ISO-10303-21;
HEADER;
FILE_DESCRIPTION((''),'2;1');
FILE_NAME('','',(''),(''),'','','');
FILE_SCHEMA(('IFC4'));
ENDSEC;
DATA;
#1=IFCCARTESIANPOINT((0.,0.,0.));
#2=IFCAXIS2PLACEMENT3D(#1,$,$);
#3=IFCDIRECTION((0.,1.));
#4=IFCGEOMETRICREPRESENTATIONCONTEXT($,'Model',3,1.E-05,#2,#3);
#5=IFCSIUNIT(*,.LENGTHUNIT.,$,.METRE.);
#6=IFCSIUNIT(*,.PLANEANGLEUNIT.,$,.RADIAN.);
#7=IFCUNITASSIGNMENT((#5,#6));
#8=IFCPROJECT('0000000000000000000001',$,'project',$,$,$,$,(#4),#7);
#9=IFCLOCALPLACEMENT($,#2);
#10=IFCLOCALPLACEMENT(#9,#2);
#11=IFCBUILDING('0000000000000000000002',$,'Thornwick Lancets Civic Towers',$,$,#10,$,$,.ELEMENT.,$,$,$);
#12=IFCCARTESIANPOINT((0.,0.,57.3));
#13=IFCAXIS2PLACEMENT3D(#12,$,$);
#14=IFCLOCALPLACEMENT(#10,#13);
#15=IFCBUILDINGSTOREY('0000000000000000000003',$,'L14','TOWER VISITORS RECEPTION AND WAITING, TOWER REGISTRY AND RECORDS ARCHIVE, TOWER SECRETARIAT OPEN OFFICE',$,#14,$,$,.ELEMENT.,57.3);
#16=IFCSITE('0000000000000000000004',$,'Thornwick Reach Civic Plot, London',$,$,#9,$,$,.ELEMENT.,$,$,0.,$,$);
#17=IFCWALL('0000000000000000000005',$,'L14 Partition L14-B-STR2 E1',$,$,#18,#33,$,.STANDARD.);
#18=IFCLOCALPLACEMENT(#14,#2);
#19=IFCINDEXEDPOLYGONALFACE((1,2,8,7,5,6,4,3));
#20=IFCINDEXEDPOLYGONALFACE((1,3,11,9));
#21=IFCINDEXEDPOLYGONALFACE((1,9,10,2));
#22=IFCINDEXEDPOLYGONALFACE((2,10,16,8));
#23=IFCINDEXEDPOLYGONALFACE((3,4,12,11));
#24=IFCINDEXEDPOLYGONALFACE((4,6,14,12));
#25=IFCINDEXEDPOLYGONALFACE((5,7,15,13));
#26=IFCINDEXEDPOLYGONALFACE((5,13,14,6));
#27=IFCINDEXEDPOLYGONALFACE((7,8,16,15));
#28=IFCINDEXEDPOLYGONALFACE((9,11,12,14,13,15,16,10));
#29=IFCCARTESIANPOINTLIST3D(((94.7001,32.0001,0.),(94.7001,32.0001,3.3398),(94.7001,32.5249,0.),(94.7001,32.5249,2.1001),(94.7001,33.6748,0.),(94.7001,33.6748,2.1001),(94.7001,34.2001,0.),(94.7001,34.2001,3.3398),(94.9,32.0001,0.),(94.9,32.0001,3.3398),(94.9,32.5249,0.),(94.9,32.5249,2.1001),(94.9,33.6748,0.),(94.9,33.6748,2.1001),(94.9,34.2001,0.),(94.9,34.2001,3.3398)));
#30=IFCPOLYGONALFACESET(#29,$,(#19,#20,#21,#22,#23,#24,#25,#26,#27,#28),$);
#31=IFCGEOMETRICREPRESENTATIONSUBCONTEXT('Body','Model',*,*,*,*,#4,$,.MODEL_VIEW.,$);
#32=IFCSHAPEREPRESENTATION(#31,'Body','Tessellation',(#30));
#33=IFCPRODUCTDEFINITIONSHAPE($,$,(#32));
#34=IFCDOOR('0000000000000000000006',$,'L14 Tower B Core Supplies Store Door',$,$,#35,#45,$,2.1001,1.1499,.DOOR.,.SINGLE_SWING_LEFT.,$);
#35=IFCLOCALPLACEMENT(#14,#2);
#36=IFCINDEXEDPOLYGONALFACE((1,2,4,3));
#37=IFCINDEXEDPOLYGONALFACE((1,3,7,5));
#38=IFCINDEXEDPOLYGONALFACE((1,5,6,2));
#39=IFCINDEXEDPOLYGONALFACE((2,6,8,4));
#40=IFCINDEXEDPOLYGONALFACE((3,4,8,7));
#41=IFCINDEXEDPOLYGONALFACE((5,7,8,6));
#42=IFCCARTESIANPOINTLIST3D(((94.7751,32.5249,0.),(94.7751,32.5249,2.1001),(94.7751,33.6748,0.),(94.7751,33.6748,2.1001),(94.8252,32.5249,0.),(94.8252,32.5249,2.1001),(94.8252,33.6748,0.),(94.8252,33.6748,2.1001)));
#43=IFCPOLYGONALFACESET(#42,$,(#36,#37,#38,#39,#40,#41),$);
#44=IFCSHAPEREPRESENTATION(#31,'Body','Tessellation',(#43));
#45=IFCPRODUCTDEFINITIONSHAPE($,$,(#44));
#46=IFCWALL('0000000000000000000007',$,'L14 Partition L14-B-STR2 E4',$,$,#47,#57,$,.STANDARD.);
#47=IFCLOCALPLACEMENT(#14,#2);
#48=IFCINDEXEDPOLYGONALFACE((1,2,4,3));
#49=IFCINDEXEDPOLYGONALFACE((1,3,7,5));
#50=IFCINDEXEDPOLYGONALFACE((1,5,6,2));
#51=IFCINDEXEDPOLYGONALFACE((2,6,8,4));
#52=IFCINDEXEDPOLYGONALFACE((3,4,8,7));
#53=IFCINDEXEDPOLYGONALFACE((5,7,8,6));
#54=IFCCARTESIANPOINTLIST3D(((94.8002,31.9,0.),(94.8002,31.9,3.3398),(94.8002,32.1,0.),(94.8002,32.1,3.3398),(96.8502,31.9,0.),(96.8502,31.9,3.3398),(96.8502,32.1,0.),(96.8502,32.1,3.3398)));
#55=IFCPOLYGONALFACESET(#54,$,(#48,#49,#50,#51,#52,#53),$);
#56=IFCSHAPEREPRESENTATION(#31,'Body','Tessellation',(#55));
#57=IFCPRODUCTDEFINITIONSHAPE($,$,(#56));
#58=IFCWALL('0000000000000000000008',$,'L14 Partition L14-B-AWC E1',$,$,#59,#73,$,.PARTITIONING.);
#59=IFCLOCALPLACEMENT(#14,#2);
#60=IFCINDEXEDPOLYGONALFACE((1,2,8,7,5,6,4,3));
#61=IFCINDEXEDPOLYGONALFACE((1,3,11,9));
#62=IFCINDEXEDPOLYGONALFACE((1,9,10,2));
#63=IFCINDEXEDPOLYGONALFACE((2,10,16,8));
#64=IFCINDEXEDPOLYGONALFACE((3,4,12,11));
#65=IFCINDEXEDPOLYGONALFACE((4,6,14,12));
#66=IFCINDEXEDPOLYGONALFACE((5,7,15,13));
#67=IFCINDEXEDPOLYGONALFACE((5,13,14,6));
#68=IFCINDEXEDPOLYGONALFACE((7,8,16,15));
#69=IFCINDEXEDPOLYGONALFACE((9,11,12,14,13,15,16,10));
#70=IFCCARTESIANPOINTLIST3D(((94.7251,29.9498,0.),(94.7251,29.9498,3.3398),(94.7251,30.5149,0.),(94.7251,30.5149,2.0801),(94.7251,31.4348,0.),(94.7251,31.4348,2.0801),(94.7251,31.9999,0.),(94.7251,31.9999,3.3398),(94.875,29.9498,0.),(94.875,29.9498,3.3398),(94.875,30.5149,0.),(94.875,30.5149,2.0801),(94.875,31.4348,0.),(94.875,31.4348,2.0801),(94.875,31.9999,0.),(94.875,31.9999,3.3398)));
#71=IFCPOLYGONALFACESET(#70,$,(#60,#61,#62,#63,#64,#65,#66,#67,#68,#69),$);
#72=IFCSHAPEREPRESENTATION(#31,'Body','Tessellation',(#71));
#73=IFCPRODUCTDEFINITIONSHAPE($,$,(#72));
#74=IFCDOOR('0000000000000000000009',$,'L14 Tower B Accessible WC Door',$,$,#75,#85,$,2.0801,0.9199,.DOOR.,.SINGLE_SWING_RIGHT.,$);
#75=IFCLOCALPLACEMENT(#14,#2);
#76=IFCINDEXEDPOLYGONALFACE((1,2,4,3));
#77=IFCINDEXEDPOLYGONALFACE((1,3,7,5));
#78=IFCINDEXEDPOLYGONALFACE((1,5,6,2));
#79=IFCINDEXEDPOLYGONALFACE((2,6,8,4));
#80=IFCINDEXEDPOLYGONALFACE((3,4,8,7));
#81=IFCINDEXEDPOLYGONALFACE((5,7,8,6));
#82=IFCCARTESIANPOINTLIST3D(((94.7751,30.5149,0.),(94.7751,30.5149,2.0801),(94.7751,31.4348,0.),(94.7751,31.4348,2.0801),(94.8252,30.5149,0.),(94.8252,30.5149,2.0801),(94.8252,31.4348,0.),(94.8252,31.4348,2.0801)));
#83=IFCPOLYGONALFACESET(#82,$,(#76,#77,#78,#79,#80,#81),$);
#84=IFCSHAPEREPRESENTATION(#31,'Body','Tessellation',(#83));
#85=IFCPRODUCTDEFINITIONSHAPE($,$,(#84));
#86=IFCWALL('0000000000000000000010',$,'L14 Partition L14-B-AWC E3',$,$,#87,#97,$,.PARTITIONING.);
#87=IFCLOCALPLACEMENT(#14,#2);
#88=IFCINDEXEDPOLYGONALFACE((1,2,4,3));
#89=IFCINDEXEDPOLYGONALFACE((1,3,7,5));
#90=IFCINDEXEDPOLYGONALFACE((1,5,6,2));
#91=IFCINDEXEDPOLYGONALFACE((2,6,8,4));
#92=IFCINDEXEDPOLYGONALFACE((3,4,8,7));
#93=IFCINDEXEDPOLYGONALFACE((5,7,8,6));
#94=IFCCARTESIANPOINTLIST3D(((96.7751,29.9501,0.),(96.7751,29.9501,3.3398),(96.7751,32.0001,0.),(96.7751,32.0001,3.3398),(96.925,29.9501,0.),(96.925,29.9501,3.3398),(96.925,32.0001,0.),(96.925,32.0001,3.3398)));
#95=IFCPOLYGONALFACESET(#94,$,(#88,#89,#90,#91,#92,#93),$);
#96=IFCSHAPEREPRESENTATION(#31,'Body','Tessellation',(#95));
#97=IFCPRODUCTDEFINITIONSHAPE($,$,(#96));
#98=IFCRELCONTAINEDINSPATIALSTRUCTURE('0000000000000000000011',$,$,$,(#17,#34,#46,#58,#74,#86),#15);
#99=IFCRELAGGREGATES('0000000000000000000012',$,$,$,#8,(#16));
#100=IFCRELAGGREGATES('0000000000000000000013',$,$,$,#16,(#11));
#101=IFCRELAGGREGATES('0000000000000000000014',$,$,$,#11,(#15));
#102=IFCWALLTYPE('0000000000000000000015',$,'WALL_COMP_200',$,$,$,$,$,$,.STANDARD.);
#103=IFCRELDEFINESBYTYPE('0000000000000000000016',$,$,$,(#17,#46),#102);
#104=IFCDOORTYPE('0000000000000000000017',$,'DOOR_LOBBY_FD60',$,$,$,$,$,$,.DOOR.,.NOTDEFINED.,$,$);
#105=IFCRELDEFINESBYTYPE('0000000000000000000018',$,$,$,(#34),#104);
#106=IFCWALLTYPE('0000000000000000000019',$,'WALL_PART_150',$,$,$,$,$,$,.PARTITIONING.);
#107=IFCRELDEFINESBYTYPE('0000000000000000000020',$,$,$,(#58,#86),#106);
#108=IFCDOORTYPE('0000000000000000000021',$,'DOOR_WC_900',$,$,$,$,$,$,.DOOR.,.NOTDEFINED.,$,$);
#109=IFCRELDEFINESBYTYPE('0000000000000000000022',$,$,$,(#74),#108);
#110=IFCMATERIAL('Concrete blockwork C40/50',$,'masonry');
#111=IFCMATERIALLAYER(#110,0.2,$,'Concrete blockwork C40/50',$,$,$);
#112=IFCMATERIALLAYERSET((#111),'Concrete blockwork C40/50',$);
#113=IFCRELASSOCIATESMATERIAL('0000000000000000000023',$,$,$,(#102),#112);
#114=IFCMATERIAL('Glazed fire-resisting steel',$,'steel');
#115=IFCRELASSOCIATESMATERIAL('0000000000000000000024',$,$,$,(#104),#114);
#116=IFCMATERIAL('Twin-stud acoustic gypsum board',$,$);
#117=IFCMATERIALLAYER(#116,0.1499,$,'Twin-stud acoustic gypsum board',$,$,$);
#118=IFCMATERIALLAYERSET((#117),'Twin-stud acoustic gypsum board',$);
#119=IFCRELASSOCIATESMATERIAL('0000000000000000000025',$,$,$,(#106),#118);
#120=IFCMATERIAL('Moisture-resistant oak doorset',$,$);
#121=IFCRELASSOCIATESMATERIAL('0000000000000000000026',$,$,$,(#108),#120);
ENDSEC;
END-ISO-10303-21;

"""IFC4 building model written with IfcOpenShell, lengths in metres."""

from ifc_helpers import new_model, si_unit, direction, frame, frame_2d, origin, place, context, subcontext, project, spatial, rectangle, extrude, material, layer, layer_set, type_object, element, fill, save


model = new_model("IFC4")

# Units and contexts
model_context = context("Model", 3, precision=1e-05, world=origin(), true_north=direction((0.0, 1.0)))
body_context = subcontext(model_context, "Body", "Model", "MODEL_VIEW")
ifc_project = project(units=[si_unit("LENGTHUNIT", "METRE"), si_unit("PLANEANGLEUNIT", "RADIAN")], contexts=[model_context])

# Site, building, storey
site_placement = place(None, origin())
site = spatial("IfcSite", under=ifc_project, at=site_placement, Name="Thornwick Reach Civic Plot, London", CompositionType="ELEMENT", RefElevation=0.0)
building_placement = place(site_placement, origin())
building = spatial("IfcBuilding", under=site, at=building_placement, Name="Thornwick Lancets Civic Towers", CompositionType="ELEMENT")
storey_placement = place(building_placement, frame((0.0, 0.0, 57.3)))
storey = spatial("IfcBuildingStorey", under=building, at=storey_placement, Name="L14", Description="TOWER VISITORS RECEPTION AND WAITING, TOWER REGISTRY AND RECORDS ARCHIVE, TOWER SECRETARIAT OPEN OFFICE", CompositionType="ELEMENT", Elevation=57.3)

# Shared definitions
ifc_material_1 = material(Name="Concrete blockwork C40/50", Category="masonry")
ifc_layer_1 = layer(ifc_material_1, 0.2, Name="Concrete blockwork C40/50")
ifc_layer_set_1 = layer_set([ifc_layer_1], Name="Concrete blockwork C40/50")
wall_type_1 = type_object("IfcWallType", Name="WALL_COMP_200", PredefinedType="STANDARD", material=ifc_layer_set_1)

# Wall, opening, door
wall_1_placement = place(storey_placement, frame((94.8, 32.0, 0.0), z_axis=(0.0, 0.0, 1.0), x_axis=(0.0, 1.0, 0.0)))
wall_1 = element("IfcWall", 1, at=wall_1_placement, inside=storey, type_object=wall_type_1, Name="L14 Partition L14-B-STR2 E1", PredefinedType="STANDARD", context=body_context, shape_type="SweptSolid", body=[
    extrude(rectangle(XDim=2.2, YDim=0.2, at=frame_2d((1.1001, 0.0))), origin(), (0.0, 0.0, 1.0), 3.3398),
])
opening_1_placement = place(wall_1_placement, frame((0.5249, 0.0, 0.0)))
opening_1 = element("IfcOpeningElement", 2, at=opening_1_placement, cuts=wall_1, PredefinedType="OPENING", context=body_context, shape_type="SweptSolid", body=[
    extrude(rectangle(XDim=1.1499, YDim=2.1001, at=frame_2d((0.575, 1.05))), frame((0.0, 0.1099, 0.0), z_axis=(0.0, -1.0, 0.0), x_axis=(1.0, 0.0, 0.0)), (0.0, 0.0, 1.0), 0.22),
])
ifc_material_2 = material(Name="Glazed fire-resisting steel", Category="steel")
door_type_1 = type_object("IfcDoorType", Name="DOOR_LOBBY_FD60", OperationType="NOTDEFINED", PredefinedType="DOOR", material=ifc_material_2)
door_1_placement = place(opening_1_placement, origin())
door_1 = element("IfcDoor", 3, at=door_1_placement, inside=storey, type_object=door_type_1, Name="L14 Tower B Core Supplies Store Door", OperationType="SINGLE_SWING_LEFT", OverallHeight=2.1001, OverallWidth=1.1499, PredefinedType="DOOR", context=body_context, shape_type="SweptSolid", body=[
    extrude(rectangle(XDim=1.1499, YDim=2.1001, at=frame_2d((0.575, 1.05))), frame((0.0, 0.0249, 0.0), z_axis=(0.0, -1.0, 0.0), x_axis=(1.0, 0.0, 0.0)), (0.0, 0.0, 1.0), 0.05),
])
fill(opening_1, door_1)

# Wall
wall_2_placement = place(storey_placement, frame((96.8501, 32.0, 0.0), z_axis=(0.0, 0.0, 1.0), x_axis=(-1.0, 0.0, 0.0)))
element("IfcWall", 4, at=wall_2_placement, inside=storey, type_object=wall_type_1, Name="L14 Partition L14-B-STR2 E4", PredefinedType="STANDARD", context=body_context, shape_type="SweptSolid", body=[
    extrude(rectangle(XDim=2.05, YDim=0.2, at=frame_2d((1.0249, 0.0))), origin(), (0.0, 0.0, 1.0), 3.3398),
])

# Wall, opening, door
ifc_material_3 = material(Name="Twin-stud acoustic gypsum board")
ifc_layer_2 = layer(ifc_material_3, 0.1499, Name="Twin-stud acoustic gypsum board")
ifc_layer_set_2 = layer_set([ifc_layer_2], Name="Twin-stud acoustic gypsum board")
wall_type_2 = type_object("IfcWallType", Name="WALL_PART_150", PredefinedType="PARTITIONING", material=ifc_layer_set_2)
wall_3_placement = place(storey_placement, frame((94.8, 29.95, 0.0), z_axis=(0.0, 0.0, 1.0), x_axis=(0.0, 1.0, 0.0)))
wall_3 = element("IfcWall", 5, at=wall_3_placement, inside=storey, type_object=wall_type_2, Name="L14 Partition L14-B-AWC E1", PredefinedType="PARTITIONING", context=body_context, shape_type="SweptSolid", body=[
    extrude(rectangle(XDim=2.05, YDim=0.1499, at=frame_2d((1.0249, 0.0))), origin(), (0.0, 0.0, 1.0), 3.3398),
])
opening_2_placement = place(wall_3_placement, frame((0.5649, 0.0, 0.0)))
opening_2 = element("IfcOpeningElement", 6, at=opening_2_placement, cuts=wall_3, PredefinedType="OPENING", context=body_context, shape_type="SweptSolid", body=[
    extrude(rectangle(XDim=0.9199, YDim=2.0801, at=frame_2d((0.46, 1.04))), frame((0.0, 0.085, 0.0), z_axis=(0.0, -1.0, 0.0), x_axis=(1.0, 0.0, 0.0)), (0.0, 0.0, 1.0), 0.1699),
])
ifc_material_4 = material(Name="Moisture-resistant oak doorset")
door_type_2 = type_object("IfcDoorType", Name="DOOR_WC_900", OperationType="NOTDEFINED", PredefinedType="DOOR", material=ifc_material_4)
door_2_placement = place(opening_2_placement, origin())
door_2 = element("IfcDoor", 7, at=door_2_placement, inside=storey, type_object=door_type_2, Name="L14 Tower B Accessible WC Door", OperationType="SINGLE_SWING_RIGHT", OverallHeight=2.0801, OverallWidth=0.9199, PredefinedType="DOOR", context=body_context, shape_type="SweptSolid", body=[
    extrude(rectangle(XDim=0.9199, YDim=2.0801, at=frame_2d((0.46, 1.04))), frame((0.0, 0.0249, 0.0), z_axis=(0.0, -1.0, 0.0), x_axis=(1.0, 0.0, 0.0)), (0.0, 0.0, 1.0), 0.05),
])
fill(opening_2, door_2)

# Wall
wall_4_placement = place(storey_placement, frame((96.8501, 32.0, 0.0), z_axis=(0.0, 0.0, 1.0), x_axis=(0.0, -1.0, 0.0)))
element("IfcWall", 8, at=wall_4_placement, inside=storey, type_object=wall_type_2, Name="L14 Partition L14-B-AWC E3", PredefinedType="PARTITIONING", context=body_context, shape_type="SweptSolid", body=[
    extrude(rectangle(XDim=2.05, YDim=0.1499, at=frame_2d((1.0249, 0.0))), origin(), (0.0, 0.0, 1.0), 3.3398),
])

save(model, "model.ifc")
